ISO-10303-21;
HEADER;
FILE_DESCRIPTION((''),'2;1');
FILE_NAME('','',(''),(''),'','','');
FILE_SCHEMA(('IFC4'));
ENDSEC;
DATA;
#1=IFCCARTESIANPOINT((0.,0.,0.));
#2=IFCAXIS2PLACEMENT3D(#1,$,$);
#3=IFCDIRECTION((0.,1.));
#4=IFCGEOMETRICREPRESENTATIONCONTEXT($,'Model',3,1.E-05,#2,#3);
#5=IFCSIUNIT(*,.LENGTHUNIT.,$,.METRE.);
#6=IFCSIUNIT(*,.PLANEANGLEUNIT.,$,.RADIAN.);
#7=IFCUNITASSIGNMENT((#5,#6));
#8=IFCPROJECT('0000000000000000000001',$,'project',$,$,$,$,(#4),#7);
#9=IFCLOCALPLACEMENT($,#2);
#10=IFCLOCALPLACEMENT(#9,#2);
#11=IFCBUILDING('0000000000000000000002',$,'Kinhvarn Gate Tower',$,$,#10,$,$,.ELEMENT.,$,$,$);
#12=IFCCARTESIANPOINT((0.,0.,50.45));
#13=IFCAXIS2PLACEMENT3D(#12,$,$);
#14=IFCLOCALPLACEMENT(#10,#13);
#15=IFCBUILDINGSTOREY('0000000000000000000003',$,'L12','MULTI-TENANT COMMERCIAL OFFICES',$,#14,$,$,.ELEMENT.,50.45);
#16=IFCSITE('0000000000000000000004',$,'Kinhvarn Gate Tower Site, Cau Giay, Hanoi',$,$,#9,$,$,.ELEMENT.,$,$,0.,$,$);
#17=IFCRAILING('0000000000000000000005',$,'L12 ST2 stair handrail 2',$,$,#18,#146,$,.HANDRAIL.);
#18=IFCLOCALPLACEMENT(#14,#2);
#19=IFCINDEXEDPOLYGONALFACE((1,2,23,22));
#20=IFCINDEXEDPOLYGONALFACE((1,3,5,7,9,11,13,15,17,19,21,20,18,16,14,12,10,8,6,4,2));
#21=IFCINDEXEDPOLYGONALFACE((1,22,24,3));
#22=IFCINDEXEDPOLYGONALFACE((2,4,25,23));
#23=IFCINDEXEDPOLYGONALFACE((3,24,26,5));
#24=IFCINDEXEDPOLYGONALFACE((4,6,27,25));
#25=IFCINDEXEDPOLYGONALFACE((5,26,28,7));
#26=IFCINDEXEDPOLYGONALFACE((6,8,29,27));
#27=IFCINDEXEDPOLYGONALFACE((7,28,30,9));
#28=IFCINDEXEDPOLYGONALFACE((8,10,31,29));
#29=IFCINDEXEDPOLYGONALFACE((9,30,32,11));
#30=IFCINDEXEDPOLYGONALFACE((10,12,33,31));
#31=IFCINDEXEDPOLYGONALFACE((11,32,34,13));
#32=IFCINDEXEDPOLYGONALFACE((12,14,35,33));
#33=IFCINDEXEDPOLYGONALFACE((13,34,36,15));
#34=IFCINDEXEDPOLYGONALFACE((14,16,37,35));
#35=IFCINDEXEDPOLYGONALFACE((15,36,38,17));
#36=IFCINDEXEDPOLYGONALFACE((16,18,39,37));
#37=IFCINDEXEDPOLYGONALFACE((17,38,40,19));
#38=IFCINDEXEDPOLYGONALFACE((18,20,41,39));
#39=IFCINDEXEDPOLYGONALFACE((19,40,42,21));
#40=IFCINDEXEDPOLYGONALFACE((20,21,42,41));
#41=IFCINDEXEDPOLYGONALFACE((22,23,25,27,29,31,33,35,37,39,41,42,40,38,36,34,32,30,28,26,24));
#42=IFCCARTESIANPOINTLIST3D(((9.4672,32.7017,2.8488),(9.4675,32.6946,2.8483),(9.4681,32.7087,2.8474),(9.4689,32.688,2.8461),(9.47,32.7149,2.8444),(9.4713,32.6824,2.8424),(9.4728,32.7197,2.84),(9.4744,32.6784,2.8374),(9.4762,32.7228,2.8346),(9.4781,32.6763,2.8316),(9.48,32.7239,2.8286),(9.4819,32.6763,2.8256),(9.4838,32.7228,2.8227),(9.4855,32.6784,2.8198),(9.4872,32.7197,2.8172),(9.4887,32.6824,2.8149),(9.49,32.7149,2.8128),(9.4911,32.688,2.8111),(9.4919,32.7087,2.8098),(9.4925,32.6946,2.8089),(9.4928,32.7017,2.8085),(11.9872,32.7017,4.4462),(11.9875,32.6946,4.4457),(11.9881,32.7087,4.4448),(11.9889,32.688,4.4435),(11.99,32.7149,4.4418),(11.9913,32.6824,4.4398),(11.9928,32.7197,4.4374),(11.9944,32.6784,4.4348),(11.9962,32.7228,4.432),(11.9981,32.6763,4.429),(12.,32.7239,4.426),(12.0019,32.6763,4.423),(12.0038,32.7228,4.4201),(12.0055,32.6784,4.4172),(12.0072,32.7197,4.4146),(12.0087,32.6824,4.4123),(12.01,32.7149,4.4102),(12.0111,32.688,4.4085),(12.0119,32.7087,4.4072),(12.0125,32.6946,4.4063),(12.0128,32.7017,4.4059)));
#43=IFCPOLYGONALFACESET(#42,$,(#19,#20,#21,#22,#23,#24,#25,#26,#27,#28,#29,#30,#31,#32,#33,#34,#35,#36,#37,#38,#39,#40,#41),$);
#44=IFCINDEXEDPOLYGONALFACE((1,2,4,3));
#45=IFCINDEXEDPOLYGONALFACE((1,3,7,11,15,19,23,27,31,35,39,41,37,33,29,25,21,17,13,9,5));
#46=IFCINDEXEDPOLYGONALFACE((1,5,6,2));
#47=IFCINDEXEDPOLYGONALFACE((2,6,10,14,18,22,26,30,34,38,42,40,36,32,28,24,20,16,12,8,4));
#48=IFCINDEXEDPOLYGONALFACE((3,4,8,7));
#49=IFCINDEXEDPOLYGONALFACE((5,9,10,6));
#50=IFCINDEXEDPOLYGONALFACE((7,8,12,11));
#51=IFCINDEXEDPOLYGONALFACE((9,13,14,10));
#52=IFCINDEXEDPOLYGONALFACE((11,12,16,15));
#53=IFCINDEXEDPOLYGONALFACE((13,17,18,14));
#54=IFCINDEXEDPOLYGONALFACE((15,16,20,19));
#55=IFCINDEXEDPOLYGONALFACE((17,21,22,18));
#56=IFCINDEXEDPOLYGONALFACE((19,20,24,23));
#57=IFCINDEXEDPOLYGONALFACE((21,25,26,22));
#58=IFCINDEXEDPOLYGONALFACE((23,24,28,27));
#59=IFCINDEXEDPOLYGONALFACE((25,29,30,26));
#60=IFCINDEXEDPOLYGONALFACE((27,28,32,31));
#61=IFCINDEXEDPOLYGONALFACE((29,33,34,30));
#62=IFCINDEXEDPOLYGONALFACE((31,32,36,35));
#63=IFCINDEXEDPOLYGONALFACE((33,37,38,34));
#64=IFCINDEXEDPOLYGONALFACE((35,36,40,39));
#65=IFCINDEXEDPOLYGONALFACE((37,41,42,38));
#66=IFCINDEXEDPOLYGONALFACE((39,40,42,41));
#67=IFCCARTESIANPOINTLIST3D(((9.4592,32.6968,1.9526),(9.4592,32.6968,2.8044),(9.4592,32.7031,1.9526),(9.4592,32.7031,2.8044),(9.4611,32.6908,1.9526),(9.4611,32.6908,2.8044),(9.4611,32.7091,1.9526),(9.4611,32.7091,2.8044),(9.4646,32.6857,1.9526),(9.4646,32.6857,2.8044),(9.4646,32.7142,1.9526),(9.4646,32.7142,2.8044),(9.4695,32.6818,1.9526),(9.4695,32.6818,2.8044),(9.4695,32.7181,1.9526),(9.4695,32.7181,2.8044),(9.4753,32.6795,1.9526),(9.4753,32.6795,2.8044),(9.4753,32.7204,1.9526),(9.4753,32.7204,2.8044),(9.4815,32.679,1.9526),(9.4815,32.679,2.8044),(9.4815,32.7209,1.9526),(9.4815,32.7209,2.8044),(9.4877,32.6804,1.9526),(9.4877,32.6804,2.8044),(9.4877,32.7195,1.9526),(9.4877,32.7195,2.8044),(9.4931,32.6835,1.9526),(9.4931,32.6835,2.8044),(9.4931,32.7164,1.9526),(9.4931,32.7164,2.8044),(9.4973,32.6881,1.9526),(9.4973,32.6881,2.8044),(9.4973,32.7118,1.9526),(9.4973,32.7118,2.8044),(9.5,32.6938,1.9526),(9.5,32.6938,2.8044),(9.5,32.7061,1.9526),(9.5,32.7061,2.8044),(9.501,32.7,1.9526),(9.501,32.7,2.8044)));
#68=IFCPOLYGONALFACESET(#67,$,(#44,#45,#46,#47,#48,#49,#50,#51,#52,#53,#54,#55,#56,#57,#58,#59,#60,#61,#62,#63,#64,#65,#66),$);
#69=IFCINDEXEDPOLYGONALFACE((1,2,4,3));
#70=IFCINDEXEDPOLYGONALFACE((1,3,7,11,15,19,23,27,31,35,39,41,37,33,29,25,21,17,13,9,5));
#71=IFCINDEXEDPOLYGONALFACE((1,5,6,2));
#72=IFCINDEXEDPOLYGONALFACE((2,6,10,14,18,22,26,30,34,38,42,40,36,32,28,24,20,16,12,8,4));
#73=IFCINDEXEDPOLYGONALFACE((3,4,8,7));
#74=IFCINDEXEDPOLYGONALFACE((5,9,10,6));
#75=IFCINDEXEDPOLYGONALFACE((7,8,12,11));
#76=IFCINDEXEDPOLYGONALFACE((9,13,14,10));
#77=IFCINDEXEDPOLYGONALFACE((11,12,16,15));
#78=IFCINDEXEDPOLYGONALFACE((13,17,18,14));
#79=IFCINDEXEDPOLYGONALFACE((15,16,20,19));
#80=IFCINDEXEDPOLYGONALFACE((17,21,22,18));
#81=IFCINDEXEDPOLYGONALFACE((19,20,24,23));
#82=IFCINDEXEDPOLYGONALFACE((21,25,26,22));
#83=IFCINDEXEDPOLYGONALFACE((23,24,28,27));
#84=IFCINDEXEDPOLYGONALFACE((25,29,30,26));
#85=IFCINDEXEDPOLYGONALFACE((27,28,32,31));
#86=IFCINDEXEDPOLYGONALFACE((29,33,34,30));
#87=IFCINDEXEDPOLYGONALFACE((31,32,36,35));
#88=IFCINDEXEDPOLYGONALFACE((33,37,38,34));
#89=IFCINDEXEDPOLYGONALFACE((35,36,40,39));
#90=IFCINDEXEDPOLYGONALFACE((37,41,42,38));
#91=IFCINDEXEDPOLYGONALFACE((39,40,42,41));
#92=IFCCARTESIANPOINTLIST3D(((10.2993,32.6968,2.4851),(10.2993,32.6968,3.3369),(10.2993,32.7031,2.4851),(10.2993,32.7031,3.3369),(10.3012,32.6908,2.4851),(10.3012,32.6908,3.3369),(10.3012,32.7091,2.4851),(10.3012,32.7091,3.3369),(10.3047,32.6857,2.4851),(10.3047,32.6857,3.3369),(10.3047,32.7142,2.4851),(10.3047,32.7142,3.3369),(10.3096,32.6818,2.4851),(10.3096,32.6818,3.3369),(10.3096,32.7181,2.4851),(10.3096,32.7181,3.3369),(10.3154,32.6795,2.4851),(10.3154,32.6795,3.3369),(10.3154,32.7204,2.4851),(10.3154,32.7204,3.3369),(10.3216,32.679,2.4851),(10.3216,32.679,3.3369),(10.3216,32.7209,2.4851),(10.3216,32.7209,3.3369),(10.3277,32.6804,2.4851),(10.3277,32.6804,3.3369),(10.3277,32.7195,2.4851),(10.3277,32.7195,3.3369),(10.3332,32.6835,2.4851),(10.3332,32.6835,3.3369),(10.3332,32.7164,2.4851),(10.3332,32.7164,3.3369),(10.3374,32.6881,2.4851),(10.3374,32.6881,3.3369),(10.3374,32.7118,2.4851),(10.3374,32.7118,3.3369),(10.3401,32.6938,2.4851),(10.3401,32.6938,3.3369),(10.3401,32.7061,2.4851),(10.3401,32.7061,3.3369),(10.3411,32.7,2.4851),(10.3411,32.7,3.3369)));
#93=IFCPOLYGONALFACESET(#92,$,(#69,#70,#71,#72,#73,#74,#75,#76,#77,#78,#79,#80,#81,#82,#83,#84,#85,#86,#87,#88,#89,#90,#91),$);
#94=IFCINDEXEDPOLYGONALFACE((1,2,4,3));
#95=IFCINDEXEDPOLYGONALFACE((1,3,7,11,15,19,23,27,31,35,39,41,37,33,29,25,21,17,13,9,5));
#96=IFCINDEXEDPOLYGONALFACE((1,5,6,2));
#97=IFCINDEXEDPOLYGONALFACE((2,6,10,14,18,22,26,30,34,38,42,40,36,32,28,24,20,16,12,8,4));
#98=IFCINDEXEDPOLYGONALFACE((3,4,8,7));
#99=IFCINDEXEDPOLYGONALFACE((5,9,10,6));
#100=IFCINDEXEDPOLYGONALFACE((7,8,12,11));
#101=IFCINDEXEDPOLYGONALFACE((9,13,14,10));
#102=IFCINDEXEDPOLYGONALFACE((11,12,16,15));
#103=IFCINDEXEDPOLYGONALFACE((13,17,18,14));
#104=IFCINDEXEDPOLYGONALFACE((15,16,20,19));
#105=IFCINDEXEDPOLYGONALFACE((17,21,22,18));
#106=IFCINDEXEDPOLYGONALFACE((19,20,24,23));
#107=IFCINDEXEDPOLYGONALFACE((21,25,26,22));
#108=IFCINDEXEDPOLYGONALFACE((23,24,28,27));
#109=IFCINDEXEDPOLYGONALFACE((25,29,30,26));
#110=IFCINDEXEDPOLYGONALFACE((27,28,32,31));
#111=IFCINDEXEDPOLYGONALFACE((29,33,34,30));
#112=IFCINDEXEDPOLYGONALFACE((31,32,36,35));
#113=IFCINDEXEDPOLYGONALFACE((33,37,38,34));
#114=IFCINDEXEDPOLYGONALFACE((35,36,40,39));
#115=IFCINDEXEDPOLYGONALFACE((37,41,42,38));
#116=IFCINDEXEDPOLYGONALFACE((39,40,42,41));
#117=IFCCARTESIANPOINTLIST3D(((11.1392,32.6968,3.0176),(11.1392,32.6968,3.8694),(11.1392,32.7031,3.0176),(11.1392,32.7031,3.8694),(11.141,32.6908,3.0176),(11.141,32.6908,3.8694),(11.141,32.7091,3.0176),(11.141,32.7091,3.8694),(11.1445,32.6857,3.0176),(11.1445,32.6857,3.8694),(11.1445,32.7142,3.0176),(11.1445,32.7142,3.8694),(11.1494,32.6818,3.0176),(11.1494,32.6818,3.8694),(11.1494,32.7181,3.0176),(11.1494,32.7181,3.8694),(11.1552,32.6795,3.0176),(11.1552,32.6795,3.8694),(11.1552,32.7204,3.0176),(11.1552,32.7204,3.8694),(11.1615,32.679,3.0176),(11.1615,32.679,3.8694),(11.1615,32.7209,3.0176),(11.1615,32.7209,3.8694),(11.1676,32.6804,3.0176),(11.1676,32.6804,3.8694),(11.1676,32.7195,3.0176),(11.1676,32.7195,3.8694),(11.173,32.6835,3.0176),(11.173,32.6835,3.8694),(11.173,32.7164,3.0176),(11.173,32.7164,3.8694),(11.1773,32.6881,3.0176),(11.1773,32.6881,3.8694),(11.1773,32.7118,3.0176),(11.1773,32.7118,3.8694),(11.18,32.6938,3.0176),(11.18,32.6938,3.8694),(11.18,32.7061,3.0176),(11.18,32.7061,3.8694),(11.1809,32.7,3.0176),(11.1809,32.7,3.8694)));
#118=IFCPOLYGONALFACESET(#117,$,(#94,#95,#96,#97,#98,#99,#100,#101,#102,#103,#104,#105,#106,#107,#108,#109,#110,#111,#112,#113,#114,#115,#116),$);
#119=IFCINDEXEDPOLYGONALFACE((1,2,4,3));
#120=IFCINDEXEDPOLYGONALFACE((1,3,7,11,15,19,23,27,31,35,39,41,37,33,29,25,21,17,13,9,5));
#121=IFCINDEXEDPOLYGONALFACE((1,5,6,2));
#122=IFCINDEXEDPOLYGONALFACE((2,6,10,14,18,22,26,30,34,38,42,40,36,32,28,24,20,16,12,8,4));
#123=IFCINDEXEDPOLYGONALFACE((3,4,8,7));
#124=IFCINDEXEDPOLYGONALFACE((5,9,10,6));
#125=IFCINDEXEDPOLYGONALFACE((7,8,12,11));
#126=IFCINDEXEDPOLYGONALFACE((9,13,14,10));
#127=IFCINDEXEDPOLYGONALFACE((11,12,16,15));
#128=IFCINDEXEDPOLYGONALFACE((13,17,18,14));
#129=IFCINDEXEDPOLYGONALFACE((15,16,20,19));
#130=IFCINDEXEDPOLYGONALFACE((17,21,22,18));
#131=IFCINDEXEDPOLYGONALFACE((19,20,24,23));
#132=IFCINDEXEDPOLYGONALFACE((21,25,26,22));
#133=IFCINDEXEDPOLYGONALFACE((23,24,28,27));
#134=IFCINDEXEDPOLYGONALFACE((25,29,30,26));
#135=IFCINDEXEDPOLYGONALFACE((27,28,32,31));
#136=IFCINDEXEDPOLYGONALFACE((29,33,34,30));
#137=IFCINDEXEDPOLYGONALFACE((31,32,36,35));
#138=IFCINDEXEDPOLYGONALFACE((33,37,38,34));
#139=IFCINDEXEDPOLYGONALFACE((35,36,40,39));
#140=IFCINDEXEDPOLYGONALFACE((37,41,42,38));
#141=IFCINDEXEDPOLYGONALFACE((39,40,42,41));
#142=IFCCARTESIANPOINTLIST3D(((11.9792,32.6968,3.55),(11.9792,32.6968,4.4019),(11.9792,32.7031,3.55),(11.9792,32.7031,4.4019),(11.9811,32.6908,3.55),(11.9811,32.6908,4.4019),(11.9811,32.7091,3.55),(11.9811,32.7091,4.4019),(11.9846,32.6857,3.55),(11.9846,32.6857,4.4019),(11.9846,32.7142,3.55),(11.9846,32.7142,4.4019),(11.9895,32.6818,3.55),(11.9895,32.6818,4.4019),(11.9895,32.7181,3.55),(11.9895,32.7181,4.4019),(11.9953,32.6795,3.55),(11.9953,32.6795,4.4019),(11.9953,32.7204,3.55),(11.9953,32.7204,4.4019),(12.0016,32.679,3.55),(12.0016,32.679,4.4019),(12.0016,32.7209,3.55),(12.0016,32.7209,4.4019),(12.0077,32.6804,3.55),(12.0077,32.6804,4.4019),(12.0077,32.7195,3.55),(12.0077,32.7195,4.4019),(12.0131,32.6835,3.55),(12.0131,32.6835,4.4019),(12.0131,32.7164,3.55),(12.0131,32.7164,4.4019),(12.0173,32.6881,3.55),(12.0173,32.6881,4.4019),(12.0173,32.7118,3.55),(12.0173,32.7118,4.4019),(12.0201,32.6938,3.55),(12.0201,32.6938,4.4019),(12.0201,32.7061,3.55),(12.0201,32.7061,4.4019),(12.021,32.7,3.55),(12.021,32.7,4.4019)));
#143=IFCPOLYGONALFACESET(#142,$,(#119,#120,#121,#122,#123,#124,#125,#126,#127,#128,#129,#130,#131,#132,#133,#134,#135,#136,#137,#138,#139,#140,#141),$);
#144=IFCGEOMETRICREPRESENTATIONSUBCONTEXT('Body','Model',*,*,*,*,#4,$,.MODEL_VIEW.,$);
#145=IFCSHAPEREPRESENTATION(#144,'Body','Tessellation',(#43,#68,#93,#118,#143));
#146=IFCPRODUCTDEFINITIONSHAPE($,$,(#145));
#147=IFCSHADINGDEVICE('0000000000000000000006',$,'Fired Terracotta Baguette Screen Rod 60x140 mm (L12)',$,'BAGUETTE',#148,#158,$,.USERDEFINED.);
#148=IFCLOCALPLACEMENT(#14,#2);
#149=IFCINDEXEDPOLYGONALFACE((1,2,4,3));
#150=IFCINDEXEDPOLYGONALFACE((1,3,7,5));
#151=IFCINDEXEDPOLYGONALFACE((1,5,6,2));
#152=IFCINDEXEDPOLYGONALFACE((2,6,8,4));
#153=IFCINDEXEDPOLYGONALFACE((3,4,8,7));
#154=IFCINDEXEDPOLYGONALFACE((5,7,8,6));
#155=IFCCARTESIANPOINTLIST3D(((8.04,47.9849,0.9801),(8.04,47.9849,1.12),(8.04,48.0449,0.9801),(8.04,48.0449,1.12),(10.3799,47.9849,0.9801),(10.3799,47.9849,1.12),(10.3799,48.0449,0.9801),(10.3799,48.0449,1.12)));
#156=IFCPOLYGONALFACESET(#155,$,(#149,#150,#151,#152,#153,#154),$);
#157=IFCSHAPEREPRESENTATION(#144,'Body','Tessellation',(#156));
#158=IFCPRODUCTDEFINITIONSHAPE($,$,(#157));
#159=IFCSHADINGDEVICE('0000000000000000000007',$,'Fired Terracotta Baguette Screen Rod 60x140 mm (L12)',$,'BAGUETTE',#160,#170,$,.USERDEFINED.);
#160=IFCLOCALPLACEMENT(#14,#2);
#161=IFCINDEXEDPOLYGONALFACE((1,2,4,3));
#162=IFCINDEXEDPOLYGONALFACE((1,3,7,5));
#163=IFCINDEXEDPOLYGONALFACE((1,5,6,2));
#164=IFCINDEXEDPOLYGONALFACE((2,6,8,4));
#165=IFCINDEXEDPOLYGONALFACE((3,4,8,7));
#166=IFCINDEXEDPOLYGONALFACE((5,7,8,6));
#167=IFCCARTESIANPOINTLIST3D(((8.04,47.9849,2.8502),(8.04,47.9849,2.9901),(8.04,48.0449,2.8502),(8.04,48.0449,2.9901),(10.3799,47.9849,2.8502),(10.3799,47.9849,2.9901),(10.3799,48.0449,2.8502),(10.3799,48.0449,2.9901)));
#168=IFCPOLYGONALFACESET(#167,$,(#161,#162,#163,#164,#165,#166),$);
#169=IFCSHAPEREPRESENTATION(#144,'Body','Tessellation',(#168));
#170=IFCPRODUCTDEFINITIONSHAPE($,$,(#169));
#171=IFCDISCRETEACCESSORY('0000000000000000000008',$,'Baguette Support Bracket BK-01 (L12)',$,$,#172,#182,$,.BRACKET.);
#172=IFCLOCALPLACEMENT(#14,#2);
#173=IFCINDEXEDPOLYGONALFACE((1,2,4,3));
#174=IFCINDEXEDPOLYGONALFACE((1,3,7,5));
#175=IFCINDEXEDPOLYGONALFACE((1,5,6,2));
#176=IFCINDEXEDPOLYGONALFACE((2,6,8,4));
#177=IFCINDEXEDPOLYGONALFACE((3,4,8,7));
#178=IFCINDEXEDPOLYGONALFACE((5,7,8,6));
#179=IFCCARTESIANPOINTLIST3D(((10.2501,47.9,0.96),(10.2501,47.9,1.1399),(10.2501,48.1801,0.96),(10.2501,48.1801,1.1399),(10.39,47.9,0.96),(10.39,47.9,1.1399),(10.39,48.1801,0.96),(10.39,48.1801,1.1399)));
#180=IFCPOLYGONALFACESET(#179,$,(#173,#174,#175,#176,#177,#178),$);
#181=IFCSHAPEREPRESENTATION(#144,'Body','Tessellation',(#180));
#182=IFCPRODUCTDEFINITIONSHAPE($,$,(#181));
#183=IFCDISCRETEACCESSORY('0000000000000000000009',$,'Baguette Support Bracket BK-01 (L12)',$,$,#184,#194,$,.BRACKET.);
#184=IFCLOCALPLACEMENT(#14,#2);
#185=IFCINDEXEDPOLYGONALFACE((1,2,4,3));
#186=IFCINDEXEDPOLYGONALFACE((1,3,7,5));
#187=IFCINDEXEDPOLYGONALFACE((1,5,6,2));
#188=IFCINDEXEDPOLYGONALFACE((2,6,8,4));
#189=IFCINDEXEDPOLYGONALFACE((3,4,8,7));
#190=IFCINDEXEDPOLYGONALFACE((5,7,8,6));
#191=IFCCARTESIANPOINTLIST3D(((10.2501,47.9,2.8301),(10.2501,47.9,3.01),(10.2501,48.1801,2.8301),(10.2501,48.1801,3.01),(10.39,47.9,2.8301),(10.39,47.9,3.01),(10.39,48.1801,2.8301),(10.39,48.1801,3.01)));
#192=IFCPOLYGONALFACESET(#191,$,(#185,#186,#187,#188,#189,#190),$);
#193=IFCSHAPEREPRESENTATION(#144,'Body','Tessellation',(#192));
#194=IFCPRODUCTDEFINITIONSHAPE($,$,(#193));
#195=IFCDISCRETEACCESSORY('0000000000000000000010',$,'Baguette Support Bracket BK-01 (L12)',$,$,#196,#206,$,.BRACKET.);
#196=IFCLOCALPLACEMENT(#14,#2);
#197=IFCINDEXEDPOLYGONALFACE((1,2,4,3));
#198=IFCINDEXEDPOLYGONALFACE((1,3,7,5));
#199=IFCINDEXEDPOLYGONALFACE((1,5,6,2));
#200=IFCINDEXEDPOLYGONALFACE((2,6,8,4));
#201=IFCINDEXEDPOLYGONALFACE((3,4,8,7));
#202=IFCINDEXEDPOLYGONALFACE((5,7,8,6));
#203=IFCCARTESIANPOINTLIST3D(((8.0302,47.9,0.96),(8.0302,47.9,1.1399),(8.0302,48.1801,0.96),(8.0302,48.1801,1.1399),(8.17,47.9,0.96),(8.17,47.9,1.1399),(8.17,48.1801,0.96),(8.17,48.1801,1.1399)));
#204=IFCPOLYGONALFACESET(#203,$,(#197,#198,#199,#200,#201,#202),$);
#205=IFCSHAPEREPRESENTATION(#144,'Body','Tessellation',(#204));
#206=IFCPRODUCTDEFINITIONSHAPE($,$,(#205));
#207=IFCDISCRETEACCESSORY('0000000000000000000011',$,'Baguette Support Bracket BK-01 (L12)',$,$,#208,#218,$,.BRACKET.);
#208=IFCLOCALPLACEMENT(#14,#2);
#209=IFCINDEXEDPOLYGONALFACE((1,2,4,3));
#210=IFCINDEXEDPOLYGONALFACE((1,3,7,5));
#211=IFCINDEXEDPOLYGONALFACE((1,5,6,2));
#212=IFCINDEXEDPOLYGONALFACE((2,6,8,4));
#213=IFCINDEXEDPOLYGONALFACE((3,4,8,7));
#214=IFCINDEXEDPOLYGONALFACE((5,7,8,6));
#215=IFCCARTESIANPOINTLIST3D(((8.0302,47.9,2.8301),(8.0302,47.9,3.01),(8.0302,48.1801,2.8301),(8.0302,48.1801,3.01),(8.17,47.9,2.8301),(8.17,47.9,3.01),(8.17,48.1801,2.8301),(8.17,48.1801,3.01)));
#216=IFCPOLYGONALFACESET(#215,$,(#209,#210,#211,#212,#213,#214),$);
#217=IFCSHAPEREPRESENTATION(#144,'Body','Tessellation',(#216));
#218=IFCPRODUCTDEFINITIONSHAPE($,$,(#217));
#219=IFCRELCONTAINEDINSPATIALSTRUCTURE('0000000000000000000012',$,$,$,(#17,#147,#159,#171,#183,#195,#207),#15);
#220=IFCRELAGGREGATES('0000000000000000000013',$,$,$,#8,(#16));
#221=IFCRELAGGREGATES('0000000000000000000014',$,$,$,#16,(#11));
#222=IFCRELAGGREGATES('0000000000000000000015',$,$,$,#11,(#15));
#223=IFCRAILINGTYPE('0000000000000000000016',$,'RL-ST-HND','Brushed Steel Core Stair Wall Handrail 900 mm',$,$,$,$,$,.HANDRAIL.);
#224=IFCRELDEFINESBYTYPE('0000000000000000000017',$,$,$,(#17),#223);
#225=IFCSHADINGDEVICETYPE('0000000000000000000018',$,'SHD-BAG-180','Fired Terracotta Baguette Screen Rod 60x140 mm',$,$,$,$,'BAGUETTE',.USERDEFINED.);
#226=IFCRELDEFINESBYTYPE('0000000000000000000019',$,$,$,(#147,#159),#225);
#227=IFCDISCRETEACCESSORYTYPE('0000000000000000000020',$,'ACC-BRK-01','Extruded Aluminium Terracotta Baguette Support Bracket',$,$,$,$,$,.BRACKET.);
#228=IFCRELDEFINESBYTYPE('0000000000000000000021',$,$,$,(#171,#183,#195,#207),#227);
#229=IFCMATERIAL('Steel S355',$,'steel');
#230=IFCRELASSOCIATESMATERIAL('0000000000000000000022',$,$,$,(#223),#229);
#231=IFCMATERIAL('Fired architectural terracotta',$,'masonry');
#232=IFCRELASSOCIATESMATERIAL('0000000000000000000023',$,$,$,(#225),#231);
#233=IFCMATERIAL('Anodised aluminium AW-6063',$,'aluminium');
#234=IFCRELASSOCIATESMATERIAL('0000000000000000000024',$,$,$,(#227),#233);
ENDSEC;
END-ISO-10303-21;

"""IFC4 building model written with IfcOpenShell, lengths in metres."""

from ifc_helpers import new_model, si_unit, direction, frame, origin, origin_2d, place, context, subcontext, project, spatial, rectangle, circle, extrude, material, material_profile, profile_set, type_object, element, save


model = new_model("IFC4")

# Units and contexts
model_context = context("Model", 3, precision=1e-05, world=origin(), true_north=direction((0.0, 1.0)))
body_context = subcontext(model_context, "Body", "Model", "MODEL_VIEW")
ifc_project = project(units=[si_unit("LENGTHUNIT", "METRE"), si_unit("PLANEANGLEUNIT", "RADIAN")], contexts=[model_context])

# Site, building, storey
site_placement = place(None, origin())
site = spatial("IfcSite", under=ifc_project, at=site_placement, Name="Kinhvarn Gate Tower Site, Cau Giay, Hanoi", CompositionType="ELEMENT", RefElevation=0.0)
building_placement = place(site_placement, origin())
building = spatial("IfcBuilding", under=site, at=building_placement, Name="Kinhvarn Gate Tower", CompositionType="ELEMENT")
storey_placement = place(building_placement, frame((0.0, 0.0, 50.45)))
storey = spatial("IfcBuildingStorey", under=building, at=storey_placement, Name="L12", Description="MULTI-TENANT COMMERCIAL OFFICES", CompositionType="ELEMENT", Elevation=50.45)

# Shared definitions
ifc_material_1 = material(Name="Anodised aluminium AW-6063", Category="aluminium")

# Shared definitions
ifc_material_2 = material(Name="Steel S355", Category="steel")

# Shared definitions
ifc_material_3 = material(Name="Fired architectural terracotta", Category="masonry")

# Railing
railing_type_1 = type_object("IfcRailingType", Name="RL-ST-HND", Description="Brushed Steel Core Stair Wall Handrail 900 mm", PredefinedType="HANDRAIL", material=ifc_material_2)
railing_1_placement = place(storey_placement, frame((9.48, 32.7, 1.9526)))
element("IfcRailing", 1, at=railing_1_placement, inside=storey, type_object=railing_type_1, Name="L12 ST2 stair handrail 2", PredefinedType="HANDRAIL", context=body_context, shape_type="SweptSolid", body=[
    extrude(circle(Radius=0.0239, at=origin_2d()), frame((0.0, 0.0, 0.876), z_axis=(0.844607, 0.0, 0.535387), x_axis=(0.0, 1.0, 0.0)), (0.0, 0.0, 1.0), 2.9836),
    extrude(circle(Radius=0.021, at=origin_2d()), origin(), (0.0, 0.0, 1.0), 0.8518),
    extrude(circle(Radius=0.021, at=origin_2d()), frame((0.8401, 0.0, 0.5325)), (0.0, 0.0, 1.0), 0.8518),
    extrude(circle(Radius=0.021, at=origin_2d()), frame((1.6799, 0.0, 1.0649)), (0.0, 0.0, 1.0), 0.8518),
    extrude(circle(Radius=0.021, at=origin_2d()), frame((2.52, 0.0, 1.5974)), (0.0, 0.0, 1.0), 0.8518),
])

# Shading devices
ifc_material_profile_1 = material_profile(ifc_material_3, rectangle(XDim=0.0601, YDim=0.1399, at=origin_2d()), Name="TC 60x140")
ifc_profile_set_1 = profile_set([ifc_material_profile_1], Name="Fired architectural terracotta")
shading_device_type = type_object("IfcShadingDeviceType", Name="SHD-BAG-180", Description="Fired Terracotta Baguette Screen Rod 60x140 mm", ElementType="BAGUETTE", PredefinedType="USERDEFINED", material=ifc_profile_set_1)
for number, where, z_axis, x_axis, name in (
    (2, (10.3799, 48.0149, 1.05), (-1.0, 0.0, 0.0), (0.0, -1.0, 0.0), "Fired Terracotta Baguette Screen Rod 60x140 mm (L12)"),
    (3, (10.3799, 48.0149, 2.9202), (-1.0, 0.0, 0.0), (0.0, -1.0, 0.0), "Fired Terracotta Baguette Screen Rod 60x140 mm (L12)"),
):
    element("IfcShadingDevice", number, at=place(storey_placement, frame(where, z_axis=z_axis, x_axis=x_axis)), inside=storey, type_object=shading_device_type, Name=name, ObjectType="BAGUETTE", PredefinedType="USERDEFINED", context=body_context, shape_type="SweptSolid", body=[
        extrude(rectangle(XDim=0.0601, YDim=0.1399, at=origin_2d()), origin(), (0.0, 0.0, 1.0), 2.3398),
    ])

# Discrete accessories
discrete_accessory_type = type_object("IfcDiscreteAccessoryType", Name="ACC-BRK-01", Description="Extruded Aluminium Terracotta Baguette Support Bracket", PredefinedType="BRACKET", material=ifc_material_1)
for number, where, z_axis, x_axis, name in (
    (4, (10.3201, 48.04, 0.96), (0.0, 0.0, 1.0), (-1.0, 0.0, 0.0), "Baguette Support Bracket BK-01 (L12)"),
    (5, (10.3201, 48.04, 2.8301), (0.0, 0.0, 1.0), (-1.0, 0.0, 0.0), "Baguette Support Bracket BK-01 (L12)"),
    (6, (8.1001, 48.04, 0.96), (0.0, 0.0, 1.0), (-1.0, 0.0, 0.0), "Baguette Support Bracket BK-01 (L12)"),
    (7, (8.1001, 48.04, 2.8301), (0.0, 0.0, 1.0), (-1.0, 0.0, 0.0), "Baguette Support Bracket BK-01 (L12)"),
):
    element("IfcDiscreteAccessory", number, at=place(storey_placement, frame(where, z_axis=z_axis, x_axis=x_axis)), inside=storey, type_object=discrete_accessory_type, Name=name, PredefinedType="BRACKET", context=body_context, shape_type="SweptSolid", body=[
        extrude(rectangle(XDim=0.1399, YDim=0.28, at=origin_2d()), origin(), (0.0, 0.0, 1.0), 0.1799),
    ])

save(model, "model.ifc")
